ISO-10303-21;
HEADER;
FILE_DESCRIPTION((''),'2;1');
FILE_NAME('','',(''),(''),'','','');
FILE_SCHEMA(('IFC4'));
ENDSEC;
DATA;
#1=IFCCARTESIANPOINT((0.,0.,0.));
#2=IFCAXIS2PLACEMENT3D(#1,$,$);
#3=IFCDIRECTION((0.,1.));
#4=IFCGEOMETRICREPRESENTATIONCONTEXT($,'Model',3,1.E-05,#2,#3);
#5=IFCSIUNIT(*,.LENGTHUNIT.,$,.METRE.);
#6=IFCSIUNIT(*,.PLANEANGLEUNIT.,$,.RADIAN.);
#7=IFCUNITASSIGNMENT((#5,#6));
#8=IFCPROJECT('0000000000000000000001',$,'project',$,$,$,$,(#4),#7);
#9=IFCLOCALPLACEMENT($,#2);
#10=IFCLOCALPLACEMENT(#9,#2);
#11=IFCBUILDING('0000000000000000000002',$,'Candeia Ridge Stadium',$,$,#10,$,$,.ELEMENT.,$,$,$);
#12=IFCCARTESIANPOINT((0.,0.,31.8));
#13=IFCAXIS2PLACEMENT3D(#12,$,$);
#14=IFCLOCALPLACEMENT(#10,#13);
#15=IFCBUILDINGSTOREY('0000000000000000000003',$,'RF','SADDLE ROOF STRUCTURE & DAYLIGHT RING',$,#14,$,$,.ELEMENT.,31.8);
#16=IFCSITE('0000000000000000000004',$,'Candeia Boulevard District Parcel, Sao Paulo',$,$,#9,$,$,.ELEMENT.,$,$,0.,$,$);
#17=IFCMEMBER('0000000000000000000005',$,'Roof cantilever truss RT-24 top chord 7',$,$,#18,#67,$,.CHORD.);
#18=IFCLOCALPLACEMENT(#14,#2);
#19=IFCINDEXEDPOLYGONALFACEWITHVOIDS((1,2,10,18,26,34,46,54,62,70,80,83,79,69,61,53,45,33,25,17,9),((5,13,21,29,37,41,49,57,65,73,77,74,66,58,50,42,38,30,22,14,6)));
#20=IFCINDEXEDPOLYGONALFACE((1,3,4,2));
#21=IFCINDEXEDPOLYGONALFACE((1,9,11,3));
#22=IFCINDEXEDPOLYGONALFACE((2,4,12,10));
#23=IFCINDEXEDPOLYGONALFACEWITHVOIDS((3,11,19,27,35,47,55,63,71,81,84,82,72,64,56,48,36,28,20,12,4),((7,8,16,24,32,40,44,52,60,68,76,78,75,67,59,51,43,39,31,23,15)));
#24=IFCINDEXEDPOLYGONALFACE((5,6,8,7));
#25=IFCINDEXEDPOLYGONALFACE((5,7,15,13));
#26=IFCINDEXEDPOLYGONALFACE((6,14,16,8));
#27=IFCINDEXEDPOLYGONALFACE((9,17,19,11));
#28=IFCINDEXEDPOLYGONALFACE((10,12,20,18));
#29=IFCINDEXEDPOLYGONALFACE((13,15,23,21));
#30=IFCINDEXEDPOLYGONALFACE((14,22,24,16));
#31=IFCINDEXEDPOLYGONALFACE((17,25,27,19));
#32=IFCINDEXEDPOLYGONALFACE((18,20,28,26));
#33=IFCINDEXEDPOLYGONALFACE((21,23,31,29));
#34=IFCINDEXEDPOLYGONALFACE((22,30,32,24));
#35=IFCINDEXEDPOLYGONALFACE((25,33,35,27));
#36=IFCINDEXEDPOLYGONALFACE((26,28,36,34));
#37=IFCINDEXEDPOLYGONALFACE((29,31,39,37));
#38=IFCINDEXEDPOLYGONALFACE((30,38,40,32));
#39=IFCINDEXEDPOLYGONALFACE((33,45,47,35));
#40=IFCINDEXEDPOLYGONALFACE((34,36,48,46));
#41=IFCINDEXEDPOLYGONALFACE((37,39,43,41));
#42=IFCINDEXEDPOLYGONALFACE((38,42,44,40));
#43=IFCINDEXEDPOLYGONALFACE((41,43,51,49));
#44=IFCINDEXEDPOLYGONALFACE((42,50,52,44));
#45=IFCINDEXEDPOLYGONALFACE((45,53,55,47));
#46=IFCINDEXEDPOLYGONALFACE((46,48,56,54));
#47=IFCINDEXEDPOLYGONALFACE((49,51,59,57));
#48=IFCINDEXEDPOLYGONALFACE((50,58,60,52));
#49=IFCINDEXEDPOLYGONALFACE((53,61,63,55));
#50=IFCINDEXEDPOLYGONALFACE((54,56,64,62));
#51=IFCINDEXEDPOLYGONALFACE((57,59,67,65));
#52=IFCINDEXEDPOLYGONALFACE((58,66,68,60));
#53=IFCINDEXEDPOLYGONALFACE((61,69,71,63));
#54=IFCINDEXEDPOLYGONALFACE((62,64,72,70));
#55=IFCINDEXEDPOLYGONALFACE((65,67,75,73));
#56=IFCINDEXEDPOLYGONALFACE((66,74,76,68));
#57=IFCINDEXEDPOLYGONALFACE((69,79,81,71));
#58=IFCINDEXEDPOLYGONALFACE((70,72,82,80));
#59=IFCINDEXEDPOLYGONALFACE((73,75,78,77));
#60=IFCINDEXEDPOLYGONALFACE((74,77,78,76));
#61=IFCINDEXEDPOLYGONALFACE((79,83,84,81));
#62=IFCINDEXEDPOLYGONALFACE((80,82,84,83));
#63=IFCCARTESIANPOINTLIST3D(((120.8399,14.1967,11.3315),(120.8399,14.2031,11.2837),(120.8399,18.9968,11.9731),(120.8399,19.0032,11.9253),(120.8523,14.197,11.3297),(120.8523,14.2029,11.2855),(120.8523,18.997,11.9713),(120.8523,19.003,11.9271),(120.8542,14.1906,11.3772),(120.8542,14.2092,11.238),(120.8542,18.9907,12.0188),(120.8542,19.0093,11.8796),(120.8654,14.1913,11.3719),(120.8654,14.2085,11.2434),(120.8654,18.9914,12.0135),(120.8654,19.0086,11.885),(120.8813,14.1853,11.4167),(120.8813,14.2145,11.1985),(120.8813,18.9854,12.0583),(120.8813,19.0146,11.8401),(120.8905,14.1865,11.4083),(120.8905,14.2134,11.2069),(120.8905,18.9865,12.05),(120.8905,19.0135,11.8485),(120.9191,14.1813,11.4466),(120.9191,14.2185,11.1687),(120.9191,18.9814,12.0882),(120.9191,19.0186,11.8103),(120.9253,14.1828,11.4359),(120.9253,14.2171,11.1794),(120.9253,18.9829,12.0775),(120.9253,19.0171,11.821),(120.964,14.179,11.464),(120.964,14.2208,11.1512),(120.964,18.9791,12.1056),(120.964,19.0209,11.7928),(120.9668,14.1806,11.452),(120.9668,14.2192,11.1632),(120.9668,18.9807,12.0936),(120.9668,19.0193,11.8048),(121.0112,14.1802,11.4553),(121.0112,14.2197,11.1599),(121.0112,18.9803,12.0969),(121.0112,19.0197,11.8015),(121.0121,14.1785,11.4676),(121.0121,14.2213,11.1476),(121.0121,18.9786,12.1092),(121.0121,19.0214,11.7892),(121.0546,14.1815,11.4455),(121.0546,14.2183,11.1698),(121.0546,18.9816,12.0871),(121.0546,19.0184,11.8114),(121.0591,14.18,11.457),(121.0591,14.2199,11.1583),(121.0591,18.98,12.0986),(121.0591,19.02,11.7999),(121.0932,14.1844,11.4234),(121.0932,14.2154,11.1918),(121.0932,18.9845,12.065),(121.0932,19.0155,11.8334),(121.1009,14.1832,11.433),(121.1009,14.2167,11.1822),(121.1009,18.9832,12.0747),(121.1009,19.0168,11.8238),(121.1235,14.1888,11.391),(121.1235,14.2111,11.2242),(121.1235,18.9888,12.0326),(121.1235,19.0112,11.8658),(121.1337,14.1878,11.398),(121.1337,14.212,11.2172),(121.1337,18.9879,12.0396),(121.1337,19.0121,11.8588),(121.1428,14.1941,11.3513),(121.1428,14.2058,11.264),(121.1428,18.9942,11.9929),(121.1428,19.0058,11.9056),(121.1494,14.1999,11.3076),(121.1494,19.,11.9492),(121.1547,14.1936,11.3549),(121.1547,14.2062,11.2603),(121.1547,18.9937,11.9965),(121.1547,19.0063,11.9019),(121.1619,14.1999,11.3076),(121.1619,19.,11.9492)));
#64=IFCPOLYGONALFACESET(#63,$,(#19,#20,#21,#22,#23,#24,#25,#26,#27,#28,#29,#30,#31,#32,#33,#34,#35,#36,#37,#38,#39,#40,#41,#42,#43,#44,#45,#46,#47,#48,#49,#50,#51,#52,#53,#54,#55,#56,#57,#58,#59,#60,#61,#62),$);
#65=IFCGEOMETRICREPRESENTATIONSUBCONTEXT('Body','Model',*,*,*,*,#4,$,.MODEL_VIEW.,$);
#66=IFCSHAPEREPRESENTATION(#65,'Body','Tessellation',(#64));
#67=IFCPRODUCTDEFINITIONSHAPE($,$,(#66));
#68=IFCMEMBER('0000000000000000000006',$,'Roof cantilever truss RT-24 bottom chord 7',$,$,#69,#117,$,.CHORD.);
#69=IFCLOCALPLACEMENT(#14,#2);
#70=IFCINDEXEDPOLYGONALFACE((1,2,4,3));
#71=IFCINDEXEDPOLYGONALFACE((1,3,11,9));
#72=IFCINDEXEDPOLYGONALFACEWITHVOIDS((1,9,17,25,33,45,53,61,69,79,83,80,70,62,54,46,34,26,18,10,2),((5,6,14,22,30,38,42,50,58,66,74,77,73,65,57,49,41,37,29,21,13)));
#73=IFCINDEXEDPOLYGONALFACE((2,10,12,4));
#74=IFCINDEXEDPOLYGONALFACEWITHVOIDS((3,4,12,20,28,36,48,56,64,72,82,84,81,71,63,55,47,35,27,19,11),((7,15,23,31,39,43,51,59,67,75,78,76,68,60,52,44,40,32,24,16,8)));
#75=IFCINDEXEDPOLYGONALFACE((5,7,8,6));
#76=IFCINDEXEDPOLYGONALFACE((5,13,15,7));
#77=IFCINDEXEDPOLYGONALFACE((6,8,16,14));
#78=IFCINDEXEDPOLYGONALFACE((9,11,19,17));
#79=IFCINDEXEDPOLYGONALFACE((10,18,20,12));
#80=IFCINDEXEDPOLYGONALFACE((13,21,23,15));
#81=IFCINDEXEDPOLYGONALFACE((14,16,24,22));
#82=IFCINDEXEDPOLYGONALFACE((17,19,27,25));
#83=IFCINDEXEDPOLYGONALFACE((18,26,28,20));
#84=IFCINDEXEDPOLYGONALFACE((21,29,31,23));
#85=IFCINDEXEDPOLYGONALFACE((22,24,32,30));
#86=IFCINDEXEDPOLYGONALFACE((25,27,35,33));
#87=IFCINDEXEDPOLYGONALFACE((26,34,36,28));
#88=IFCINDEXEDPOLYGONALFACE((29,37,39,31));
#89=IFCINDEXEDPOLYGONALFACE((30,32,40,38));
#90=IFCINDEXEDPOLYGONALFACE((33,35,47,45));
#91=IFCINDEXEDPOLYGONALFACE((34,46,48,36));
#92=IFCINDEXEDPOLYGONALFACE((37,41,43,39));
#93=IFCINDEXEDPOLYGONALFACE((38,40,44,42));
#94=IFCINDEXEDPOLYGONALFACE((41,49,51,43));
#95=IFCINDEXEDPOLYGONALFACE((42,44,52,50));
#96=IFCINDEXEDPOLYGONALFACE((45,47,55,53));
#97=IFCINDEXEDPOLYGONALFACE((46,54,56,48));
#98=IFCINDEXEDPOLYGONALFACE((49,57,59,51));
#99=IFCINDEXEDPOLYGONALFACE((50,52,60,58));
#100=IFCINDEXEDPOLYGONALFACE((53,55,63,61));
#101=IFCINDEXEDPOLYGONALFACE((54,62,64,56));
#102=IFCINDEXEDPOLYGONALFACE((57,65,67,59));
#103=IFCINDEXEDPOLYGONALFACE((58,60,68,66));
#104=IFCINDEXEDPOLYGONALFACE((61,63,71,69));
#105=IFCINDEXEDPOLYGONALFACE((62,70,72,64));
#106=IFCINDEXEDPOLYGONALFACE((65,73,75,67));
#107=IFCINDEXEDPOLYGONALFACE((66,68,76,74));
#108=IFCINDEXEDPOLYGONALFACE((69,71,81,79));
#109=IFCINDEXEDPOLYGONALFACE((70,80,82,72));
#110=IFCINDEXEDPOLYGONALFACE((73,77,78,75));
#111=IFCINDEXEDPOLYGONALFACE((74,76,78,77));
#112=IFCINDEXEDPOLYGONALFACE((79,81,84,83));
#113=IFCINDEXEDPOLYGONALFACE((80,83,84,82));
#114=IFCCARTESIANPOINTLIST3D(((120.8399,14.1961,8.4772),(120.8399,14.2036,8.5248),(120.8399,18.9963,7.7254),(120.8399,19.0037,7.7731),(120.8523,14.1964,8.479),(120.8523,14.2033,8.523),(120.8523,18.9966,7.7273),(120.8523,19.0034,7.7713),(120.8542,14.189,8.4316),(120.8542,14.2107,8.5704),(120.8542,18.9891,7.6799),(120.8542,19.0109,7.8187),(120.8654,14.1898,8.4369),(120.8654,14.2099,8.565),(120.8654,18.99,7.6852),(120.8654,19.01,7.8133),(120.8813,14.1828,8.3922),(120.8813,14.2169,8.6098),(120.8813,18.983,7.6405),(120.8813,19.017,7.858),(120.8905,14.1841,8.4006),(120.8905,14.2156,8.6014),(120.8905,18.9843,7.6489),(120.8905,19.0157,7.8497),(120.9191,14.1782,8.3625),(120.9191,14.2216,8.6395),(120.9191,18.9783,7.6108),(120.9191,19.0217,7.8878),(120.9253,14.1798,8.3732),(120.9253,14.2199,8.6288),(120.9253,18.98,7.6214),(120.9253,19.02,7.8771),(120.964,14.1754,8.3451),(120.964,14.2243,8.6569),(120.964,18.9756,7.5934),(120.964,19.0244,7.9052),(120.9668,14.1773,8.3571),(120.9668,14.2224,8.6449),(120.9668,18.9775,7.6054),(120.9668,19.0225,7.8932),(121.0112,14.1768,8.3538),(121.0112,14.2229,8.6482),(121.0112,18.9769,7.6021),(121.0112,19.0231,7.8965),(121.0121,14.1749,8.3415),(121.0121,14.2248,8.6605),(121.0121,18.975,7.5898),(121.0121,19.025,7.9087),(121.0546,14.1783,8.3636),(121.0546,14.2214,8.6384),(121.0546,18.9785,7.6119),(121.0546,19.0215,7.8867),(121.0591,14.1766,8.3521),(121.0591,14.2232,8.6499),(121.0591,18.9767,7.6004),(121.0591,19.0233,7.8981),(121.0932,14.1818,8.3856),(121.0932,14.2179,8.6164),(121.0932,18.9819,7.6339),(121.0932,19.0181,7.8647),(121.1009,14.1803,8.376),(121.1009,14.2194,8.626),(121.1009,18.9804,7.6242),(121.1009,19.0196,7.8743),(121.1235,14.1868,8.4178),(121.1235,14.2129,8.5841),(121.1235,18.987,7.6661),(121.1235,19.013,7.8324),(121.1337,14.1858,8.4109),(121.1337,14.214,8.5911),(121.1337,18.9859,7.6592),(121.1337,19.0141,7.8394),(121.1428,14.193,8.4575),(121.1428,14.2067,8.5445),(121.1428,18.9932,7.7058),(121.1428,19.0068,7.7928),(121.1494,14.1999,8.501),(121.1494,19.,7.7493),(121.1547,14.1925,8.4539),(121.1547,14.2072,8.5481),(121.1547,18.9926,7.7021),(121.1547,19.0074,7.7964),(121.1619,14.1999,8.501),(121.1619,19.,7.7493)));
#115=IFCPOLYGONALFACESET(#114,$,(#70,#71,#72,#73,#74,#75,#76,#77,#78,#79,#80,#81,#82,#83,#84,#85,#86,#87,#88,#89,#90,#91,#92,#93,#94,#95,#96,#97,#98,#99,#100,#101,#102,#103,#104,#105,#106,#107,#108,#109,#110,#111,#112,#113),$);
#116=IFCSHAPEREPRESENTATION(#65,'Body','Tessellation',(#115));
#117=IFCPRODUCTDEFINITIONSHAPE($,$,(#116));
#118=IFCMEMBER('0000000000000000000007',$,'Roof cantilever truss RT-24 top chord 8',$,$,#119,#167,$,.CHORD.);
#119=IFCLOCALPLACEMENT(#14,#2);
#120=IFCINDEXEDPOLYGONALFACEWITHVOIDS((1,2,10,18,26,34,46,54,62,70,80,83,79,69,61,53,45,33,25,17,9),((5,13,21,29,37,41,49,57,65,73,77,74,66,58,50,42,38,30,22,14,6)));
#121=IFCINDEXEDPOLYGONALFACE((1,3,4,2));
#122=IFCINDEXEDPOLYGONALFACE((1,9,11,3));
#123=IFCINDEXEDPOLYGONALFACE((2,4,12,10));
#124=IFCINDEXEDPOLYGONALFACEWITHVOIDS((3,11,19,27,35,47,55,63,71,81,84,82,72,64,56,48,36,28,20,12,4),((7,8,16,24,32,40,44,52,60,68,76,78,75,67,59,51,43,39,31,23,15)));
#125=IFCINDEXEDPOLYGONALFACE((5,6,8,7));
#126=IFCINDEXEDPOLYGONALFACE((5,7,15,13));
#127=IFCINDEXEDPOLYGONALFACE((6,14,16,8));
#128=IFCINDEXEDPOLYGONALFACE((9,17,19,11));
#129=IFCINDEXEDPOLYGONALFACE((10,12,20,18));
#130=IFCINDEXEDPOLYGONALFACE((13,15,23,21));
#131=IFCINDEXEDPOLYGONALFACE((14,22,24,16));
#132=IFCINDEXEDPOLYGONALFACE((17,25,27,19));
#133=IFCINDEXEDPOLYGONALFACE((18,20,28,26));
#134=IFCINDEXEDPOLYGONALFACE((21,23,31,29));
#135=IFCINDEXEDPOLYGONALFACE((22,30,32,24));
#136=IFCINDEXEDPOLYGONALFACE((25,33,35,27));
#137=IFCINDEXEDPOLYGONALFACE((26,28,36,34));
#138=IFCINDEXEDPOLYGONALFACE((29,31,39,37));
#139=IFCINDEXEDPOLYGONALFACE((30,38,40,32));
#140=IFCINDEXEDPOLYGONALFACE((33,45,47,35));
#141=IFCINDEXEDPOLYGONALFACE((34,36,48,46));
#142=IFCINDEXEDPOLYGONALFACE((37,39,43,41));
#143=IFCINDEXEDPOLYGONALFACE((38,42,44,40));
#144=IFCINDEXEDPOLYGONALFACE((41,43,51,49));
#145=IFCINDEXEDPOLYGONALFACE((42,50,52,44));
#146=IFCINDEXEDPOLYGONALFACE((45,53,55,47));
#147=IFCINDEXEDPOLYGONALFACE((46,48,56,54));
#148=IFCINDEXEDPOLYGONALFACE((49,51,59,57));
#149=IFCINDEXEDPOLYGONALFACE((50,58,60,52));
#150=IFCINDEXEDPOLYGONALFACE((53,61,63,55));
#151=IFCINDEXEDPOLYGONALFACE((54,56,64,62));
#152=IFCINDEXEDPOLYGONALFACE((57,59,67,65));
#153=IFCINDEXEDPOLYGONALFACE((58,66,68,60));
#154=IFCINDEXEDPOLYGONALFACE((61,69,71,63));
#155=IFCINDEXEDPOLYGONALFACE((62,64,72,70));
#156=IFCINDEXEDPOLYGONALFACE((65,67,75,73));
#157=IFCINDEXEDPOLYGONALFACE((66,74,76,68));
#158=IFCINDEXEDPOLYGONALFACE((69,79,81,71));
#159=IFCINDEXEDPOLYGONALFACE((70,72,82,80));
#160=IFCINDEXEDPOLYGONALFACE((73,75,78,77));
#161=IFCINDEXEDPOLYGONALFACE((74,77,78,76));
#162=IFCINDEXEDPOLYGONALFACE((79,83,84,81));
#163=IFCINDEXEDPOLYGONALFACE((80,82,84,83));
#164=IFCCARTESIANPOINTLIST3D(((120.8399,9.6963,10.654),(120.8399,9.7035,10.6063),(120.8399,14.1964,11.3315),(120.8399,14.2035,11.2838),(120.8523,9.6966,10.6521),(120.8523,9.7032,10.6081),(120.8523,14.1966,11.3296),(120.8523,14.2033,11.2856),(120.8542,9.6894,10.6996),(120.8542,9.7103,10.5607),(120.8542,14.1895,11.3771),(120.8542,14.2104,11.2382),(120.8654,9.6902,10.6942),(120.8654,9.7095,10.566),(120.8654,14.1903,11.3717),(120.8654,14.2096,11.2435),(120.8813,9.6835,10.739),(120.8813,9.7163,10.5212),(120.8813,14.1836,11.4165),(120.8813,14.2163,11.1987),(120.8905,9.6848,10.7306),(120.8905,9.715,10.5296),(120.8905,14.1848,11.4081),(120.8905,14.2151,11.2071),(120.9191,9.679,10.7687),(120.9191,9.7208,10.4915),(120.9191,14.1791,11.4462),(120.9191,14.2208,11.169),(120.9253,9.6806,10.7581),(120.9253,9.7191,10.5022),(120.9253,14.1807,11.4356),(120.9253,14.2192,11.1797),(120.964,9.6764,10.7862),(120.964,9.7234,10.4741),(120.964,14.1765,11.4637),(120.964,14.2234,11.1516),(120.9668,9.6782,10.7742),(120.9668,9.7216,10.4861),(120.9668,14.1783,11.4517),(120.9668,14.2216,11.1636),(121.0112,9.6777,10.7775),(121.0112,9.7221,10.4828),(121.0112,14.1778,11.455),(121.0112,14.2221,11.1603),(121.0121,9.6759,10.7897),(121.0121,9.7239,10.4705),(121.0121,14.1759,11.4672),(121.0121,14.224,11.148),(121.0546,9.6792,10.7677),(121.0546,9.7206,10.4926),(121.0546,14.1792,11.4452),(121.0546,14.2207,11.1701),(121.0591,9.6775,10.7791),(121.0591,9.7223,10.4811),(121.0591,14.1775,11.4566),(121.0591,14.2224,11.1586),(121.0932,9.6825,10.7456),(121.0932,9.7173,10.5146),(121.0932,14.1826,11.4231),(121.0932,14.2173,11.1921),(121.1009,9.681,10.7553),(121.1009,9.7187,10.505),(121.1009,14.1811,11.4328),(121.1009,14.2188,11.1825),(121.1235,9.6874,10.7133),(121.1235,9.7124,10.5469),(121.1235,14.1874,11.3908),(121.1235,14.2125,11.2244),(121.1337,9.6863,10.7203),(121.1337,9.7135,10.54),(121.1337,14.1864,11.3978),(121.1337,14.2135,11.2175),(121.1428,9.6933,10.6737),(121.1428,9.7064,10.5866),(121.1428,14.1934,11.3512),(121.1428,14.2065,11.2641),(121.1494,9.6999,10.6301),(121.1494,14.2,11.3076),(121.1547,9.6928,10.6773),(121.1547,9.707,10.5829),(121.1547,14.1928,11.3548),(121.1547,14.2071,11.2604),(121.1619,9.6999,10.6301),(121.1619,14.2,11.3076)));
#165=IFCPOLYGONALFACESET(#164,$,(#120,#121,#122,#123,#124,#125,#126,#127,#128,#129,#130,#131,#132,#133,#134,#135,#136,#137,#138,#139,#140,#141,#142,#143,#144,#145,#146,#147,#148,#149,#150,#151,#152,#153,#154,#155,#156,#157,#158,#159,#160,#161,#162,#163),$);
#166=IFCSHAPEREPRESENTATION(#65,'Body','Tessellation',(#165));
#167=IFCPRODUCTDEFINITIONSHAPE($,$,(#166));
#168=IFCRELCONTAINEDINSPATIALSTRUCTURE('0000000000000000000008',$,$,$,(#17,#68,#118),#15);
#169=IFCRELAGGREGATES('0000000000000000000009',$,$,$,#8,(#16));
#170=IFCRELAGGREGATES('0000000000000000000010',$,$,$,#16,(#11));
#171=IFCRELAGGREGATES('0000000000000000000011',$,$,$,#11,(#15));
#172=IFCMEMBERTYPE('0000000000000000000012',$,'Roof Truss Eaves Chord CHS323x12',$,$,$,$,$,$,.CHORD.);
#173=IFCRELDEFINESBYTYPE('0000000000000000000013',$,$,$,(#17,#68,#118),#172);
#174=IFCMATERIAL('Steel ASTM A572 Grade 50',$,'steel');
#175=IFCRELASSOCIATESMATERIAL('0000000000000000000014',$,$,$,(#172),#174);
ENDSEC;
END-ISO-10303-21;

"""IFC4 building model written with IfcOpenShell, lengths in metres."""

from ifc_helpers import new_model, si_unit, direction, frame, origin, origin_2d, place, context, subcontext, project, spatial, hollow_circle, extrude, material, material_profile, profile_set, type_object, element, save


model = new_model("IFC4")

# Units and contexts
model_context = context("Model", 3, precision=1e-05, world=origin(), true_north=direction((0.0, 1.0)))
body_context = subcontext(model_context, "Body", "Model", "MODEL_VIEW")
ifc_project = project(units=[si_unit("LENGTHUNIT", "METRE"), si_unit("PLANEANGLEUNIT", "RADIAN")], contexts=[model_context])

# Site, building, storey
site_placement = place(None, origin())
site = spatial("IfcSite", under=ifc_project, at=site_placement, Name="Candeia Boulevard District Parcel, Sao Paulo", CompositionType="ELEMENT", RefElevation=0.0)
building_placement = place(site_placement, origin())
building = spatial("IfcBuilding", under=site, at=building_placement, Name="Candeia Ridge Stadium", CompositionType="ELEMENT")
storey_placement = place(building_placement, frame((0.0, 0.0, 31.8)))
storey = spatial("IfcBuildingStorey", under=building, at=storey_placement, Name="RF", Description="SADDLE ROOF STRUCTURE & DAYLIGHT RING", CompositionType="ELEMENT", Elevation=31.8)

# Shared definitions
ifc_material_1 = material(Name="Steel ASTM A572 Grade 50", Category="steel")

# Members
ifc_material_profile_1 = material_profile(ifc_material_1, hollow_circle(Radius=0.1619, WallThickness=0.0125, at=origin_2d()), Name="CHS323x12", Category="steel")
ifc_profile_set_1 = profile_set([ifc_material_profile_1], Name="Steel ASTM A572 Grade 50")
member_type_1 = type_object("IfcMemberType", Name="Roof Truss Eaves Chord CHS323x12", PredefinedType="CHORD", material=ifc_profile_set_1)
member_1_placement = place(storey_placement, frame((121.0, 19.0, 11.9492), z_axis=(0.0, -0.991185, -0.132487), x_axis=(1.0, 0.0, 0.0)))
element("IfcMember", 1, at=member_1_placement, inside=storey, type_object=member_type_1, Name="Roof cantilever truss RT-24 top chord 7", PredefinedType="CHORD", context=body_context, shape_type="SweptSolid", body=[
    extrude(hollow_circle(Radius=0.1619, WallThickness=0.0125, at=origin_2d()), origin(), (0.0, 0.0, 1.0), 4.8428),
])
member_2_placement = place(storey_placement, frame((121.0, 19.0, 7.7493), z_axis=(0.0, -0.987959, 0.154719), x_axis=(1.0, 0.0, 0.0)))
element("IfcMember", 2, at=member_2_placement, inside=storey, type_object=member_type_1, Name="Roof cantilever truss RT-24 bottom chord 7", PredefinedType="CHORD", context=body_context, shape_type="SweptSolid", body=[
    extrude(hollow_circle(Radius=0.1619, WallThickness=0.0125, at=origin_2d()), origin(), (0.0, 0.0, 1.0), 4.8586),
])
member_3_placement = place(storey_placement, frame((121.0, 14.2, 11.3076), z_axis=(0.0, -0.988856, -0.148876), x_axis=(1.0, 0.0, 0.0)))
element("IfcMember", 3, at=member_3_placement, inside=storey, type_object=member_type_1, Name="Roof cantilever truss RT-24 top chord 8", PredefinedType="CHORD", context=body_context, shape_type="SweptSolid", body=[
    extrude(hollow_circle(Radius=0.1619, WallThickness=0.0125, at=origin_2d()), origin(), (0.0, 0.0, 1.0), 4.5508),
])

save(model, "model.ifc")
